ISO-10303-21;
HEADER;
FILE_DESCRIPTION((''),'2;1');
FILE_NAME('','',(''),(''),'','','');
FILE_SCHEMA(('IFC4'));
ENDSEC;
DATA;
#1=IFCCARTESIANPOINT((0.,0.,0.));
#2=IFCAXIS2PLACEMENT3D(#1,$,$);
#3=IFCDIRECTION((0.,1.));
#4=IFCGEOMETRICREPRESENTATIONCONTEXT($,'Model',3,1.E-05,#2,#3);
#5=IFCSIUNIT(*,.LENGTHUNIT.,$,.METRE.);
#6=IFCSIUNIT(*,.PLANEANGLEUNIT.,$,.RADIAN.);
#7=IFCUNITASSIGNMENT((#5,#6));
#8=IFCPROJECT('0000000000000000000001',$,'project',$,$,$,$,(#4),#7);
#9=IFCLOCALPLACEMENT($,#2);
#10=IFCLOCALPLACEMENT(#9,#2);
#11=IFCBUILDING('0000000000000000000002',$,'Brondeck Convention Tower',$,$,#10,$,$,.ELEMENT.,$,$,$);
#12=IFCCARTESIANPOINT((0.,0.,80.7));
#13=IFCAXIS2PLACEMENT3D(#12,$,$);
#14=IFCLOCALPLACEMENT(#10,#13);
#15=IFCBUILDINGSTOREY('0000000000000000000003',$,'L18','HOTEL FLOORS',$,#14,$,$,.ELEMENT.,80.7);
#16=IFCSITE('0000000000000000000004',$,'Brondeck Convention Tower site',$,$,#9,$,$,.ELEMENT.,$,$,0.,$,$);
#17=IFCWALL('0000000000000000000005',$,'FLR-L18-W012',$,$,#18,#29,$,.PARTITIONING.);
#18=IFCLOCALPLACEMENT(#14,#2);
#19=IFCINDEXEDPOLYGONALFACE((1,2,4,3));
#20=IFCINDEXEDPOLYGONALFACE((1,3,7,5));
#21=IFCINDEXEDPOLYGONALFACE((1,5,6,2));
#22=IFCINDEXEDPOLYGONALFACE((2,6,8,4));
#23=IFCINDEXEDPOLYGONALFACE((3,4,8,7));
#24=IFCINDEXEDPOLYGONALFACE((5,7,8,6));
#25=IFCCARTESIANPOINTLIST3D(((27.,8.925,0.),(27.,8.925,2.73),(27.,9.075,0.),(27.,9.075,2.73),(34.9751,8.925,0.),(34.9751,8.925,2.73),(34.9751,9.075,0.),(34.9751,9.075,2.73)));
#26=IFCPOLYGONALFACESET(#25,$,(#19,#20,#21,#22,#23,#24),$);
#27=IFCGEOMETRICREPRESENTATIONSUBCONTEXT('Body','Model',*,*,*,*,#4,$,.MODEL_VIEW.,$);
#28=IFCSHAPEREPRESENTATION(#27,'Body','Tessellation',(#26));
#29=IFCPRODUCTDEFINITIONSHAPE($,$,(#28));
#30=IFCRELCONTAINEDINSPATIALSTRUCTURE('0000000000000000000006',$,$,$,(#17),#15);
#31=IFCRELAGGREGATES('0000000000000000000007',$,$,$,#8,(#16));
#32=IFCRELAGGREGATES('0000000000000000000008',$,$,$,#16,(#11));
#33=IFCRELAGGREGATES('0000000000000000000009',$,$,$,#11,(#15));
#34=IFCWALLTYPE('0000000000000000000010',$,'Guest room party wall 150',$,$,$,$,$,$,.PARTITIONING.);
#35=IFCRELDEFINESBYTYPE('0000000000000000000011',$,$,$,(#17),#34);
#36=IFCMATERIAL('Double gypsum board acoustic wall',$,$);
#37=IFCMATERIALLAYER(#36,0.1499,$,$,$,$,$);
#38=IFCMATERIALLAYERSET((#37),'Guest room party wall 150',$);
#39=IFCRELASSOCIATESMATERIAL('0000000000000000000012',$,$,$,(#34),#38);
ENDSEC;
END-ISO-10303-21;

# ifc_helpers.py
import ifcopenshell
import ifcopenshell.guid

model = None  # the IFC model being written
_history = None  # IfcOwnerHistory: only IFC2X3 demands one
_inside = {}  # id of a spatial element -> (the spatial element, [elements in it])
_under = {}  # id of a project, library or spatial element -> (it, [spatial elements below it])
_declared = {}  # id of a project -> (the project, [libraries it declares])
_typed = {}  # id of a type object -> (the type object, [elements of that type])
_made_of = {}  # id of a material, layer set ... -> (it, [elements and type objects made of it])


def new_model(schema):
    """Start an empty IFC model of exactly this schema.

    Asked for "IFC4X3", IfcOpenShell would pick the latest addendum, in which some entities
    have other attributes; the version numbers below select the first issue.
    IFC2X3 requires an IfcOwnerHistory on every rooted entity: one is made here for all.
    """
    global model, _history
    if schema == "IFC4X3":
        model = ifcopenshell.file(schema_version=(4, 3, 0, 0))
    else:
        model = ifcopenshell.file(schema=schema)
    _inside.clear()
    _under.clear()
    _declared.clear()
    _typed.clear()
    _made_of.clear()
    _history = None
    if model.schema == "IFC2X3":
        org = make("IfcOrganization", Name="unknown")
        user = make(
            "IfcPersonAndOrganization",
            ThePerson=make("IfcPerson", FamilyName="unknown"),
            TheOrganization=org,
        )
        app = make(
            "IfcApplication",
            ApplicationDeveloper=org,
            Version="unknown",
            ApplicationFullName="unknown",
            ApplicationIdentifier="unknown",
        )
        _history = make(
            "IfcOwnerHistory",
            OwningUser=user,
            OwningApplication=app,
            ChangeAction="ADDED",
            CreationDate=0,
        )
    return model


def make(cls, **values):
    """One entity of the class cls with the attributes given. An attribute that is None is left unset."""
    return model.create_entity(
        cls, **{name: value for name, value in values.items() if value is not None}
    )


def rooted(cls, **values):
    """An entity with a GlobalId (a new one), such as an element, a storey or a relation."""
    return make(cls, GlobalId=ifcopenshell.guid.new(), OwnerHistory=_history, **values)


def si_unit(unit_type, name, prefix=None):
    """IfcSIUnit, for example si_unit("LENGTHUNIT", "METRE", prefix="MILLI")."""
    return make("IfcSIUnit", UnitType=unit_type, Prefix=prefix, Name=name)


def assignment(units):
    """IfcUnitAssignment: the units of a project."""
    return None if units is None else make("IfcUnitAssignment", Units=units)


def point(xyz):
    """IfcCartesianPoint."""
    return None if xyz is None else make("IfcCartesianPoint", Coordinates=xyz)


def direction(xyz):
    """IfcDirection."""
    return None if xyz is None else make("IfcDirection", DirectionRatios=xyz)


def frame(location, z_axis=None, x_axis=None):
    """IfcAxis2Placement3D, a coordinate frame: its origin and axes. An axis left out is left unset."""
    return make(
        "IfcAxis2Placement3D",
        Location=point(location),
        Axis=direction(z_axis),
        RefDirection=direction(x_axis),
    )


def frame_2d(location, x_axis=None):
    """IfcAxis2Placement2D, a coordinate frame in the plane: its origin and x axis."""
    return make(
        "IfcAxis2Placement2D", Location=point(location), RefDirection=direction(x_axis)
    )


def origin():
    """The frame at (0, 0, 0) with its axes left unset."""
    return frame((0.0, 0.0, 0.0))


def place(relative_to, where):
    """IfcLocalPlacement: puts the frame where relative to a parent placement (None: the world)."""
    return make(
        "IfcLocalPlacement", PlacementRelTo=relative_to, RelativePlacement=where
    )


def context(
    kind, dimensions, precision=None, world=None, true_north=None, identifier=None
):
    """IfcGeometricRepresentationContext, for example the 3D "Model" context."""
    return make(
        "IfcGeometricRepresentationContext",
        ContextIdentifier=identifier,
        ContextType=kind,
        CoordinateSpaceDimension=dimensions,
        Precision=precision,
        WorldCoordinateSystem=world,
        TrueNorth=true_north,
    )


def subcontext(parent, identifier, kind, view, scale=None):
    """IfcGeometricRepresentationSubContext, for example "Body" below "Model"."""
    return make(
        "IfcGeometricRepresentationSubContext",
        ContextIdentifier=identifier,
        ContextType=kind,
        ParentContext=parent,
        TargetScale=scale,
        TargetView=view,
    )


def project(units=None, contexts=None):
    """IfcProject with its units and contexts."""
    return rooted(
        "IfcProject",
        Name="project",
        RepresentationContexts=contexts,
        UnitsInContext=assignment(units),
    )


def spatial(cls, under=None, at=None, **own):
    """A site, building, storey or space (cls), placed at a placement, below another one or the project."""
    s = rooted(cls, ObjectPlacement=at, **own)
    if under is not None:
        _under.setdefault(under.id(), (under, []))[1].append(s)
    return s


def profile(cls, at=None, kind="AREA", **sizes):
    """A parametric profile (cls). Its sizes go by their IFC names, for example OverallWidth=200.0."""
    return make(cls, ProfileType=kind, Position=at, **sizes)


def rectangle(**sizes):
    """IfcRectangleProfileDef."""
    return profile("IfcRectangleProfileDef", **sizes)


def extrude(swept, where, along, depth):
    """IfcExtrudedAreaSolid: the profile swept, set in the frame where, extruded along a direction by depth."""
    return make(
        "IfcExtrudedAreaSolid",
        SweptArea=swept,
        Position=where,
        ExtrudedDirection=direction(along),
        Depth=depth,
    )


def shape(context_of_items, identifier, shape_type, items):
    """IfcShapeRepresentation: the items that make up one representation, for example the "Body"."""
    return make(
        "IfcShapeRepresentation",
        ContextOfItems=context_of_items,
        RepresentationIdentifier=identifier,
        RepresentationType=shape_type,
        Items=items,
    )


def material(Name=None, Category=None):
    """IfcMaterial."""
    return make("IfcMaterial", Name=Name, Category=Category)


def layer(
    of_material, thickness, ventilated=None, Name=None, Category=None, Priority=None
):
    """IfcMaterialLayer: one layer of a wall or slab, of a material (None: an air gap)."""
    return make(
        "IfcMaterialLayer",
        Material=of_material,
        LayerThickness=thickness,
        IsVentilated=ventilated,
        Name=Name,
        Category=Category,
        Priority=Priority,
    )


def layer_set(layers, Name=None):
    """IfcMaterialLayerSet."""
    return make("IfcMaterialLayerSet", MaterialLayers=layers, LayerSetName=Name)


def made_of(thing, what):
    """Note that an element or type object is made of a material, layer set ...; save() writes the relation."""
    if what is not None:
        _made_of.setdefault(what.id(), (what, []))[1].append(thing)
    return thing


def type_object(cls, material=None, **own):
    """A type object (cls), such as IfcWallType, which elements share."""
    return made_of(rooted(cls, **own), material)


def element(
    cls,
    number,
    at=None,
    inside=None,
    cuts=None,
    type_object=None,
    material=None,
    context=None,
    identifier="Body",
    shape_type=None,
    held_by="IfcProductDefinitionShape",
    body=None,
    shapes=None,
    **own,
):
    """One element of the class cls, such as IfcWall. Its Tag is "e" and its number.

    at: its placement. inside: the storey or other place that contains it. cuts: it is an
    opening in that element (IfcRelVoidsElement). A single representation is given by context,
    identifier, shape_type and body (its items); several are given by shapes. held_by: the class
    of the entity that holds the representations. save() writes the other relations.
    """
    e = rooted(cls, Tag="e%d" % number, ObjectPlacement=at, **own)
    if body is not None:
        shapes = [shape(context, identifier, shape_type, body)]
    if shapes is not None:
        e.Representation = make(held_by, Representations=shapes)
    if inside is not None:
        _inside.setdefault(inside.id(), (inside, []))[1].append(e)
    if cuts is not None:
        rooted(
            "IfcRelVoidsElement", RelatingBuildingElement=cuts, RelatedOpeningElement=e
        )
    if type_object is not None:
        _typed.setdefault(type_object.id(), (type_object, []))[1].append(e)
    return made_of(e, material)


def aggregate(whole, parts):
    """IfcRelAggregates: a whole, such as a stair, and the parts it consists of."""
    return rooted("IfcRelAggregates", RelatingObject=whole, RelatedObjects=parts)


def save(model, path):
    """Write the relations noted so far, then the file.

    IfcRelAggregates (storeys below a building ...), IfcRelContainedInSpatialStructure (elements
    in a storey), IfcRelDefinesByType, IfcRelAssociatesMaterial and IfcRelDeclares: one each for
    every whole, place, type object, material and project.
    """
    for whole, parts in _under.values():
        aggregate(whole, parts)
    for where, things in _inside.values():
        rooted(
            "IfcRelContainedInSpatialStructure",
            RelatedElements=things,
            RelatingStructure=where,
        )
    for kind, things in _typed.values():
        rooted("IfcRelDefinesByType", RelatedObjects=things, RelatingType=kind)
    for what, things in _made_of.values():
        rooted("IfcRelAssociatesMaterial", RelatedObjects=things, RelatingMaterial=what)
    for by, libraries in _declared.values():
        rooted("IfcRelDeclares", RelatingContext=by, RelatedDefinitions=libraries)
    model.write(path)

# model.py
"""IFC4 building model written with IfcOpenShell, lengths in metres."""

from ifc_helpers import new_model, si_unit, direction, frame, frame_2d, origin, place, context, subcontext, project, spatial, rectangle, extrude, material, layer, layer_set, type_object, element, save


model = new_model("IFC4")

# Units and contexts
model_context = context("Model", 3, precision=1e-05, world=origin(), true_north=direction((0.0, 1.0)))
body_context = subcontext(model_context, "Body", "Model", "MODEL_VIEW")
ifc_project = project(units=[si_unit("LENGTHUNIT", "METRE"), si_unit("PLANEANGLEUNIT", "RADIAN")], contexts=[model_context])

# Site, building, storey
site_placement = place(None, origin())
site = spatial("IfcSite", under=ifc_project, at=site_placement, Name="Brondeck Convention Tower site", CompositionType="ELEMENT", RefElevation=0.0)
building_placement = place(site_placement, origin())
building = spatial("IfcBuilding", under=site, at=building_placement, Name="Brondeck Convention Tower", CompositionType="ELEMENT")
storey_placement = place(building_placement, frame((0.0, 0.0, 80.7)))
storey = spatial("IfcBuildingStorey", under=building, at=storey_placement, Name="L18", Description="HOTEL FLOORS", CompositionType="ELEMENT", Elevation=80.7)

# Wall
ifc_material_1 = material(Name="Double gypsum board acoustic wall")
ifc_layer_1 = layer(ifc_material_1, 0.1499)
ifc_layer_set_1 = layer_set([ifc_layer_1], Name="Guest room party wall 150")
wall_type_1 = type_object("IfcWallType", Name="Guest room party wall 150", PredefinedType="PARTITIONING", material=ifc_layer_set_1)
wall_1_placement = place(storey_placement, frame((34.9751, 9.0, 0.0), z_axis=(0.0, 0.0, 1.0), x_axis=(-1.0, 0.0, 0.0)))
element("IfcWall", 1, at=wall_1_placement, inside=storey, type_object=wall_type_1, Name="FLR-L18-W012", PredefinedType="PARTITIONING", context=body_context, shape_type="SweptSolid", body=[
    extrude(rectangle(XDim=7.9751, YDim=0.1499, at=frame_2d((3.9875, 0.0))), origin(), (0.0, 0.0, 1.0), 2.73),
])

save(model, "model.ifc")
